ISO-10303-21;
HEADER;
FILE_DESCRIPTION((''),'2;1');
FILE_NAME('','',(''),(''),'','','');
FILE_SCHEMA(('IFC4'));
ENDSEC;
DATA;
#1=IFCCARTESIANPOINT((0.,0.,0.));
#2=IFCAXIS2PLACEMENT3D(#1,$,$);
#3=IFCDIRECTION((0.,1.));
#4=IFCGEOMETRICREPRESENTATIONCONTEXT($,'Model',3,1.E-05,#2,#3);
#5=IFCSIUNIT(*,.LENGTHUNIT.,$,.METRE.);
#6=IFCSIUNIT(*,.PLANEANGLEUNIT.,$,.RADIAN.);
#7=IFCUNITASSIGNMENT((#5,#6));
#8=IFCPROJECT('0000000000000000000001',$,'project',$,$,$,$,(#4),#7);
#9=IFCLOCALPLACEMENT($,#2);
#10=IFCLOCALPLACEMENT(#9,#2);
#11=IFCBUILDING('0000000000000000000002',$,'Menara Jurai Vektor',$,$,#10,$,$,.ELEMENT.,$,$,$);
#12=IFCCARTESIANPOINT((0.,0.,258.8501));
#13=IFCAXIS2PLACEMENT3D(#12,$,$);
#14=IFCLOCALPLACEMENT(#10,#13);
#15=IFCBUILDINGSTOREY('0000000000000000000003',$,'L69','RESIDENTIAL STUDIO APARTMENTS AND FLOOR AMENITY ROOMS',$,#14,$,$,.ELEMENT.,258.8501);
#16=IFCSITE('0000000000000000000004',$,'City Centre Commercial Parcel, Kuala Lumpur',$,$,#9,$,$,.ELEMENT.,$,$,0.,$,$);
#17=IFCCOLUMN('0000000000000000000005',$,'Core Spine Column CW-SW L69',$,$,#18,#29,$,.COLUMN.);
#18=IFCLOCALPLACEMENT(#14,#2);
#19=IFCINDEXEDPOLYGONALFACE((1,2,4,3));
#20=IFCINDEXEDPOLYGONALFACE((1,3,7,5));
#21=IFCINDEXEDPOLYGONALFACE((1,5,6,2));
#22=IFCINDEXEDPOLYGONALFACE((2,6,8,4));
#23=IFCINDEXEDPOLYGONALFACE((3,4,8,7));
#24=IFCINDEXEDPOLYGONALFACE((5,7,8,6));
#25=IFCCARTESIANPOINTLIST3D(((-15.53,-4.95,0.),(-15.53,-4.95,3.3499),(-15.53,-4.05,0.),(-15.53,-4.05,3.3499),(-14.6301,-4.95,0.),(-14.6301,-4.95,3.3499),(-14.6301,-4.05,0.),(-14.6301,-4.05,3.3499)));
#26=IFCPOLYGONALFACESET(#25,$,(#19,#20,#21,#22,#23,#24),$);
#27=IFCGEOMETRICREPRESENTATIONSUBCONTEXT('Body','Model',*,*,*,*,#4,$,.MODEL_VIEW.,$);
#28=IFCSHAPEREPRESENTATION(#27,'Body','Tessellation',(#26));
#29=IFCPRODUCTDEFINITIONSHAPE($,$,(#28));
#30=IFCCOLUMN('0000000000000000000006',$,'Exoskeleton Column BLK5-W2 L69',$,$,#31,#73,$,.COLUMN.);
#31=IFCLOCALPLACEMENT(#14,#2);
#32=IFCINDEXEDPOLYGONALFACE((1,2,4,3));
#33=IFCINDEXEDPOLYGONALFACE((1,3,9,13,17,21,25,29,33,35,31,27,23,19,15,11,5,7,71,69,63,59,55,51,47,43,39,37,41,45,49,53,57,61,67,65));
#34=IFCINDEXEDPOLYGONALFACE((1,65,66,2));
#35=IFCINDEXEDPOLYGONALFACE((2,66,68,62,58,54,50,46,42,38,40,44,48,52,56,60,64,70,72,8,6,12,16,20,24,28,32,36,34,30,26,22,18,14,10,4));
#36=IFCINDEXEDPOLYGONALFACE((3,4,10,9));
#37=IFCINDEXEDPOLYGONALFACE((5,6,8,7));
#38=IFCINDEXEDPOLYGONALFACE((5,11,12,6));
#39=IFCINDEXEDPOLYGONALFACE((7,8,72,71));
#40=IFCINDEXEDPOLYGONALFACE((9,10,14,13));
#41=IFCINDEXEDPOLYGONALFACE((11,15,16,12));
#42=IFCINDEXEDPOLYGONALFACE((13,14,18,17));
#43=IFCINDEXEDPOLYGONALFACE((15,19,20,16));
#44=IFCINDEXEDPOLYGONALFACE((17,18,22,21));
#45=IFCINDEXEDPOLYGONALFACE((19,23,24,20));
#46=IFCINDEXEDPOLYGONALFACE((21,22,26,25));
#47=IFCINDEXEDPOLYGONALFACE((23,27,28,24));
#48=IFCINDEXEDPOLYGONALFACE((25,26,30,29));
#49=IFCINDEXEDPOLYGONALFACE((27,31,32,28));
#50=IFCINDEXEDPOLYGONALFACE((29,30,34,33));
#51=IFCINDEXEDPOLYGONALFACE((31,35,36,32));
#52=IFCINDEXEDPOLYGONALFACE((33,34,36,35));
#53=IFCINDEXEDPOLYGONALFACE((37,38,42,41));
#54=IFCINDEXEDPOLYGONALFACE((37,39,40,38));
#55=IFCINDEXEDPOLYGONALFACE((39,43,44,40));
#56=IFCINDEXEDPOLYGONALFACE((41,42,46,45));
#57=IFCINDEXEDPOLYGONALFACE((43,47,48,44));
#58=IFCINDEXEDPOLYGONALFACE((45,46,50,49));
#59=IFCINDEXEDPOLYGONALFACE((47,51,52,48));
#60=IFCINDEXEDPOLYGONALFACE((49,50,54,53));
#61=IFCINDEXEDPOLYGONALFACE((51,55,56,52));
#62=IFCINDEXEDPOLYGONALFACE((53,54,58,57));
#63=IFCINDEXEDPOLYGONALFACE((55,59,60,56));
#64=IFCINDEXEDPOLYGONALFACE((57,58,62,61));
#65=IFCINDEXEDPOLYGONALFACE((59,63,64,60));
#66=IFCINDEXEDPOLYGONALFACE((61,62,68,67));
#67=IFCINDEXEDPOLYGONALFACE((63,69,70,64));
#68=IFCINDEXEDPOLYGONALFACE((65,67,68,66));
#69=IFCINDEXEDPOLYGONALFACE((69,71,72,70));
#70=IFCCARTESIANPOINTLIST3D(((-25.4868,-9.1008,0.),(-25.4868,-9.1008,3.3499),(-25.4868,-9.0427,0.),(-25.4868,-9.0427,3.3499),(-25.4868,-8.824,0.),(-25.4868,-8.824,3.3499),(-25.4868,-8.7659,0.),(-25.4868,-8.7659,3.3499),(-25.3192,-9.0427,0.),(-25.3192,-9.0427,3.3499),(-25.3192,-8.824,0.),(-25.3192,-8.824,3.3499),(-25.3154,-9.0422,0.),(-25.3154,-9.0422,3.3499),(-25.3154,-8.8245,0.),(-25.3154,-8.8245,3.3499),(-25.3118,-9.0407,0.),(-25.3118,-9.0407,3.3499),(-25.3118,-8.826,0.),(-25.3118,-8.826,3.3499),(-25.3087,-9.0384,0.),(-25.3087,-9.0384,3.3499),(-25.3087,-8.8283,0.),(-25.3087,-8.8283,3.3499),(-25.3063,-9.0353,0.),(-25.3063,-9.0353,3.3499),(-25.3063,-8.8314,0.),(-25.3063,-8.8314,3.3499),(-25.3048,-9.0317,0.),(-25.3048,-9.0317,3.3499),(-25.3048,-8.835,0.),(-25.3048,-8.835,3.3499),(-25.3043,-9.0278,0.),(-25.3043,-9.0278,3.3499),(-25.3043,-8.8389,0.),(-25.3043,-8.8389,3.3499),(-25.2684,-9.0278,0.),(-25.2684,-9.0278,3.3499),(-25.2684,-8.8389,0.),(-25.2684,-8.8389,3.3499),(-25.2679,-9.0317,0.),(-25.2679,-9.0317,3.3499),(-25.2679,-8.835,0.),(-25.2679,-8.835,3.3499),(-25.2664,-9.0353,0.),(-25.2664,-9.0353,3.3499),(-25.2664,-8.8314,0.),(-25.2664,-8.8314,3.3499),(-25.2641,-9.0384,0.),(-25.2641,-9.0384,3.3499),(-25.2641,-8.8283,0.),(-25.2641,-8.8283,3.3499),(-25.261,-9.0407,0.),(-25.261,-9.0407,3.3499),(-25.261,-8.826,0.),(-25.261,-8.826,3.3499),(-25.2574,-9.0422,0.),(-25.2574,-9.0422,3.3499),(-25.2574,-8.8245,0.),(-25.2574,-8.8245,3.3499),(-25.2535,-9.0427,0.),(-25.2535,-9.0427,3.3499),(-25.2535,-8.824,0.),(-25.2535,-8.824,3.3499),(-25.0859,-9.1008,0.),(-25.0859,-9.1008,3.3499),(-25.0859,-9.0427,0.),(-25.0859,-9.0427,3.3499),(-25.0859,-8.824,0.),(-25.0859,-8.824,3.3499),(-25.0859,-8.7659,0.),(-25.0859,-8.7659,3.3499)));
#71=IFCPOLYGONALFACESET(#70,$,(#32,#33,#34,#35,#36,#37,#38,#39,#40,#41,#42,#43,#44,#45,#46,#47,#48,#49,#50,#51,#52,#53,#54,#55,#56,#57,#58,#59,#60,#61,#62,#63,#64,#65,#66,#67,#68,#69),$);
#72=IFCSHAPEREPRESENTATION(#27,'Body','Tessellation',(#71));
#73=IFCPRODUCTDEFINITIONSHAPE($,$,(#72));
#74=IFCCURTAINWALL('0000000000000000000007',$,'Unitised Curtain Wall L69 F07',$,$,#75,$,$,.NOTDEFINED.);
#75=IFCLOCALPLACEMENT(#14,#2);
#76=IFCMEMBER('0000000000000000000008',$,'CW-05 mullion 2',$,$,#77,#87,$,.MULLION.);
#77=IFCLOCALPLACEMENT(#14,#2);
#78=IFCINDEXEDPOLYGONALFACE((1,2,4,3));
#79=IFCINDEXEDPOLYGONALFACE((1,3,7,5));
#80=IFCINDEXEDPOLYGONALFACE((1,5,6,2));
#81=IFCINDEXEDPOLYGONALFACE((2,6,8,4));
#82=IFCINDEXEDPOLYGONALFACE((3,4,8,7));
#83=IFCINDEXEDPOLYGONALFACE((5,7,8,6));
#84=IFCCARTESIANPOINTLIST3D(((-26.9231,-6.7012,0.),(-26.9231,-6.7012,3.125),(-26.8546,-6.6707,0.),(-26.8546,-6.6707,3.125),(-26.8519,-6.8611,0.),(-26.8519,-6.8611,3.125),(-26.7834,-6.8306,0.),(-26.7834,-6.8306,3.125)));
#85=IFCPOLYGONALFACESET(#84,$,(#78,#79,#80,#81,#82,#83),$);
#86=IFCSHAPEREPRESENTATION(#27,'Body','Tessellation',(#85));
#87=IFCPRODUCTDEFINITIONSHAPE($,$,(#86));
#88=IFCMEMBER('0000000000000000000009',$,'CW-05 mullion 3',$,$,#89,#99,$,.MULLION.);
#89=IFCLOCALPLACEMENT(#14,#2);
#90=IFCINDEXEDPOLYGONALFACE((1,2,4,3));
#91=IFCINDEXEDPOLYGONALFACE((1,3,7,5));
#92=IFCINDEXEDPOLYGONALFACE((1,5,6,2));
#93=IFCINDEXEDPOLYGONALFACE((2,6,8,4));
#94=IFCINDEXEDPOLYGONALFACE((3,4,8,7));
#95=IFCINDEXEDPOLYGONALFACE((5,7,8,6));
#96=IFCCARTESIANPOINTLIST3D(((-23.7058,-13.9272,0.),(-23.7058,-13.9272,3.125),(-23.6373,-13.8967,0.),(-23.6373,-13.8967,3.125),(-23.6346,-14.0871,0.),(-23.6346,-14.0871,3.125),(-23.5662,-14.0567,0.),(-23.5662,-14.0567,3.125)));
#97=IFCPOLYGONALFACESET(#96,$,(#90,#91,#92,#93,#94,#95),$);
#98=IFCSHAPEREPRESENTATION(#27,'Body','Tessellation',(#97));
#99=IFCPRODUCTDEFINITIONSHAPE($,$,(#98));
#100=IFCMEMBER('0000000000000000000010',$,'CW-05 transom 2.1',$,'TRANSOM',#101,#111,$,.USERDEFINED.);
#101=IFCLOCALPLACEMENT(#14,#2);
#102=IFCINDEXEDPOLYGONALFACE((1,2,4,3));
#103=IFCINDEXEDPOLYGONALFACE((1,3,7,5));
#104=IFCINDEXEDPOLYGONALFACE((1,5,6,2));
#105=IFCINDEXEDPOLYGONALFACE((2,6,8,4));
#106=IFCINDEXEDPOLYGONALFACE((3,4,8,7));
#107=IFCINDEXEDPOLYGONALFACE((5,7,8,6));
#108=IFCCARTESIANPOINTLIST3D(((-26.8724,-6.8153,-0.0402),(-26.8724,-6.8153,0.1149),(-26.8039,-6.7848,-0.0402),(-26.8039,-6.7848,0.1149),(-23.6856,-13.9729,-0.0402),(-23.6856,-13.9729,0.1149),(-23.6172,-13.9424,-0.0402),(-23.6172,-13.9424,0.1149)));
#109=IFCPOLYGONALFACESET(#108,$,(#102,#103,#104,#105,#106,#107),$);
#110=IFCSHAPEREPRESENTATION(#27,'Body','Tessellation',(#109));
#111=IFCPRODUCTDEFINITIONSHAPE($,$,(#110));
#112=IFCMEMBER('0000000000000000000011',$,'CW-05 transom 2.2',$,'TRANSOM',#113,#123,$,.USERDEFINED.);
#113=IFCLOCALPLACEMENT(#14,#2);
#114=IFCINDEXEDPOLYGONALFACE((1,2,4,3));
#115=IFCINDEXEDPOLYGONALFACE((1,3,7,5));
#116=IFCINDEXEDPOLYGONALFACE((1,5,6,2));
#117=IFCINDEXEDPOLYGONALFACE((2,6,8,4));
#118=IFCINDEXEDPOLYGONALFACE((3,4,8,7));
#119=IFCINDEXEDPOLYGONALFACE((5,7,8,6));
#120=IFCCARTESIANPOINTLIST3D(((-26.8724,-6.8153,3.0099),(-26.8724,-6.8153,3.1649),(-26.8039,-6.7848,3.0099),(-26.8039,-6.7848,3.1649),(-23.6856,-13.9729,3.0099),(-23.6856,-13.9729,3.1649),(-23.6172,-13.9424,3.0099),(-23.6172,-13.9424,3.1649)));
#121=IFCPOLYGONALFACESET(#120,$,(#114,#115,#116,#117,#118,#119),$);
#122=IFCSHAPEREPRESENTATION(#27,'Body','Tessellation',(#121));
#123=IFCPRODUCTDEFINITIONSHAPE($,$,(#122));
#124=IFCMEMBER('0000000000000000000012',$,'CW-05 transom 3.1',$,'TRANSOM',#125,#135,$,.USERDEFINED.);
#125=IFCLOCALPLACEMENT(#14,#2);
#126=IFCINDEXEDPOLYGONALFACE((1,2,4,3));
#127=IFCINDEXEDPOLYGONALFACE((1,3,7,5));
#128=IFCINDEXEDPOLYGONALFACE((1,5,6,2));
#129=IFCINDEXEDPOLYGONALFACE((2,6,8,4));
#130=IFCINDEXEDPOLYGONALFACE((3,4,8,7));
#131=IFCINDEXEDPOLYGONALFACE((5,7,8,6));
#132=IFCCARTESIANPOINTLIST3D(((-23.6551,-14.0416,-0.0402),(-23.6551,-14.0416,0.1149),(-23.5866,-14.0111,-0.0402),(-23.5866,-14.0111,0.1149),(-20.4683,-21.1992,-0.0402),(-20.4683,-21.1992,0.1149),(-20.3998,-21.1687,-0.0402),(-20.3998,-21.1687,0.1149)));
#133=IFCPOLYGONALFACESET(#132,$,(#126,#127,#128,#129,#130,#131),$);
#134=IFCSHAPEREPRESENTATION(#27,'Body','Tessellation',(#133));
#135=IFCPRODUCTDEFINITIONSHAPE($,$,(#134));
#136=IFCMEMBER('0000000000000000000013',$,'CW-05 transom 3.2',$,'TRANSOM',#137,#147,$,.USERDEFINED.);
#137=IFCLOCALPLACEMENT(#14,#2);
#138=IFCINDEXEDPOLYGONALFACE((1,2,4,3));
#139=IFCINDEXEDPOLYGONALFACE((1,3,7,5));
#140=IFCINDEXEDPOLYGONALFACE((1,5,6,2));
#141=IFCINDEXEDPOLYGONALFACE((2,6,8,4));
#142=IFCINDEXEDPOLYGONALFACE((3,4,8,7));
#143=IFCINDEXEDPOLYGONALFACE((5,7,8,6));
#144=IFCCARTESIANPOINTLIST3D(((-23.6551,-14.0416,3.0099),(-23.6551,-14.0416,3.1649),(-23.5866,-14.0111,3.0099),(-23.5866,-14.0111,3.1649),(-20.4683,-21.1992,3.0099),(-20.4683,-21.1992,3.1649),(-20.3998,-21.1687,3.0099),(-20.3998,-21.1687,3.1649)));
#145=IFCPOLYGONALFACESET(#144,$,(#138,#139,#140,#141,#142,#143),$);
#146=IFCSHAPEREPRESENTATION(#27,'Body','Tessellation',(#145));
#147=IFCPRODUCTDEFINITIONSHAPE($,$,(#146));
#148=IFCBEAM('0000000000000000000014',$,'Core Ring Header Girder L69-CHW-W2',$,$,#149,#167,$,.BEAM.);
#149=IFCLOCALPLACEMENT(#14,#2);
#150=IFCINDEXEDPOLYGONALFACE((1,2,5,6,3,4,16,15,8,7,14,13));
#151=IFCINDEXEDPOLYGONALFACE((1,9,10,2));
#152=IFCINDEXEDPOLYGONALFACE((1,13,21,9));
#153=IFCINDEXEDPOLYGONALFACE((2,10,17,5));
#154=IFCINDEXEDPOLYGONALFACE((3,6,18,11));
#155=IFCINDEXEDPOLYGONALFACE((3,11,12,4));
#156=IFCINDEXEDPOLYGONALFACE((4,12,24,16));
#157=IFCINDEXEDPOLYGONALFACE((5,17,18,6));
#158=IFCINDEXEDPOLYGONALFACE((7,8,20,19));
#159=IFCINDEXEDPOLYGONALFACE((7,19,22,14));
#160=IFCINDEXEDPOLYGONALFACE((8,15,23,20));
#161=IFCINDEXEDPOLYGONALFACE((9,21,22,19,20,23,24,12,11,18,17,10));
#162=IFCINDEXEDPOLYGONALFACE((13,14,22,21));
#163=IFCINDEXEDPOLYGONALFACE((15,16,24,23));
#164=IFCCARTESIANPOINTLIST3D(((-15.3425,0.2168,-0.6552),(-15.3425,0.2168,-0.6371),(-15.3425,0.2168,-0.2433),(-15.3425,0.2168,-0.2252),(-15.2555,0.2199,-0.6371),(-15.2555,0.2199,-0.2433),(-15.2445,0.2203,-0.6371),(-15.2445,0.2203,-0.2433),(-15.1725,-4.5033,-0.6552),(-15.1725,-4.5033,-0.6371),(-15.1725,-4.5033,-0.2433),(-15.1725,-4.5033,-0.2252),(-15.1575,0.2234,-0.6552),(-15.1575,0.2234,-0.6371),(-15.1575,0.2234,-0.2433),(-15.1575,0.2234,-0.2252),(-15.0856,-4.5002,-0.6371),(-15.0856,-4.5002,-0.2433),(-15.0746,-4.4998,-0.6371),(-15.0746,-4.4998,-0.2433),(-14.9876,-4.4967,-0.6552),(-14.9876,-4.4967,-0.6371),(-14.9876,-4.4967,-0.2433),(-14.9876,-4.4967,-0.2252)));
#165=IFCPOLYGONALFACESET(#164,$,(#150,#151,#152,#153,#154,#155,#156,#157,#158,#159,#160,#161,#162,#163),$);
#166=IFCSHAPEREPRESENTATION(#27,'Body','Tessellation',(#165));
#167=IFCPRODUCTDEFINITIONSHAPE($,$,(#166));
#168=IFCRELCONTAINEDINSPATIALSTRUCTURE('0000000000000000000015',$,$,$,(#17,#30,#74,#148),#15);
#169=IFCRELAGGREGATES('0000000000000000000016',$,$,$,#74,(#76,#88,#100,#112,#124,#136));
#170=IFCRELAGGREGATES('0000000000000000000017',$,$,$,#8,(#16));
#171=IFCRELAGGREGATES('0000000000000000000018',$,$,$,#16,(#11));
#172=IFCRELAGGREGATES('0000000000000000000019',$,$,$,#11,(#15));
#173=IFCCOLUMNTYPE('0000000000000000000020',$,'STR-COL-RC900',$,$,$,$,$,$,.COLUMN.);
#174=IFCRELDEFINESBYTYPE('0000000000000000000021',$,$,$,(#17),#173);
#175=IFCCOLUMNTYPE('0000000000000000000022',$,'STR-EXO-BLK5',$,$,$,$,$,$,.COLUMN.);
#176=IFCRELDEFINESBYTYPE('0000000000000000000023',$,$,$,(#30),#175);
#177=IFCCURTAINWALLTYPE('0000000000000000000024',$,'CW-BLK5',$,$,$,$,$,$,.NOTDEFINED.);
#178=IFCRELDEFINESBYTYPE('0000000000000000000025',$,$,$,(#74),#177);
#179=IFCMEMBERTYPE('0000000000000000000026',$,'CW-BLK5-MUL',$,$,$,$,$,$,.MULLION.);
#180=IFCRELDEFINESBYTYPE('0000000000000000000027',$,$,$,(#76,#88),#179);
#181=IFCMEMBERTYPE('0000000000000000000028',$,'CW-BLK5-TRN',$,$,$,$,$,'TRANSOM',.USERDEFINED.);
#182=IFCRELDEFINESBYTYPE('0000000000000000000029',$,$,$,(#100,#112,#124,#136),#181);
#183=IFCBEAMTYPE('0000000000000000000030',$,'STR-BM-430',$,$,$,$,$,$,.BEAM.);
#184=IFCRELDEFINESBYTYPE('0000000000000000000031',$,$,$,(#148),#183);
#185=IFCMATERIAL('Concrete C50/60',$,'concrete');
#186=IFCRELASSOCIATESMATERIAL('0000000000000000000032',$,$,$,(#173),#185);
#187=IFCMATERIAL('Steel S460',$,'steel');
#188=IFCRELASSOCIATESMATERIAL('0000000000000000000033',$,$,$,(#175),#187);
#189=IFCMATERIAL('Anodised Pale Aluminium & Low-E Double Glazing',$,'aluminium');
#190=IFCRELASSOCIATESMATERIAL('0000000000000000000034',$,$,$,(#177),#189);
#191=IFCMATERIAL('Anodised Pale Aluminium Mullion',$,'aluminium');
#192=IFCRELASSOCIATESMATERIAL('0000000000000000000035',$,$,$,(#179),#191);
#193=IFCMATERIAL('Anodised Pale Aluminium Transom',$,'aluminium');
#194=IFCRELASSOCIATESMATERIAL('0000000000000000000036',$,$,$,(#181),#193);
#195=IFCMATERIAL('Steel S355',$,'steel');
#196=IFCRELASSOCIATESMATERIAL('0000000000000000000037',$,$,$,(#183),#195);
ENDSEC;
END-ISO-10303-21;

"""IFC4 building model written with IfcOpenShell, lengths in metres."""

from ifc_helpers import new_model, si_unit, direction, frame, origin, origin_2d, place, context, subcontext, project, spatial, rectangle, i_section, extrude, material, material_profile, profile_set, type_object, element, aggregate, save


model = new_model("IFC4")

# Units and contexts
model_context = context("Model", 3, precision=1e-05, world=origin(), true_north=direction((0.0, 1.0)))
body_context = subcontext(model_context, "Body", "Model", "MODEL_VIEW")
ifc_project = project(units=[si_unit("LENGTHUNIT", "METRE"), si_unit("PLANEANGLEUNIT", "RADIAN")], contexts=[model_context])

# Site, building, storey
site_placement = place(None, origin())
site = spatial("IfcSite", under=ifc_project, at=site_placement, Name="City Centre Commercial Parcel, Kuala Lumpur", CompositionType="ELEMENT", RefElevation=0.0)
building_placement = place(site_placement, origin())
building = spatial("IfcBuilding", under=site, at=building_placement, Name="Menara Jurai Vektor", CompositionType="ELEMENT")
storey_placement = place(building_placement, frame((0.0, 0.0, 258.8501)))
storey = spatial("IfcBuildingStorey", under=building, at=storey_placement, Name="L69", Description="RESIDENTIAL STUDIO APARTMENTS AND FLOOR AMENITY ROOMS", CompositionType="ELEMENT", Elevation=258.8501)

# Columns
ifc_material_1 = material(Name="Concrete C50/60", Category="concrete")
ifc_material_profile_1 = material_profile(ifc_material_1, rectangle(XDim=0.8999, YDim=0.8999, at=origin_2d()), Name="RC 900x900")
ifc_profile_set_1 = profile_set([ifc_material_profile_1], Name="Concrete C50/60")
column_type_1 = type_object("IfcColumnType", Name="STR-COL-RC900", PredefinedType="COLUMN", material=ifc_profile_set_1)
column_1_placement = place(storey_placement, frame((-15.0801, -4.5, 0.0), z_axis=(0.0, 0.0, 1.0), x_axis=(1.0, 0.0, 0.0)))
element("IfcColumn", 1, at=column_1_placement, inside=storey, type_object=column_type_1, Name="Core Spine Column CW-SW L69", PredefinedType="COLUMN", context=body_context, shape_type="SweptSolid", body=[
    extrude(rectangle(XDim=0.8999, YDim=0.8999, at=origin_2d()), origin(), (0.0, 0.0, 1.0), 3.3499),
])
ifc_material_2 = material(Name="Steel S460", Category="steel")
ifc_material_profile_2 = material_profile(ifc_material_2, i_section(OverallWidth=0.4009, OverallDepth=0.335, WebThickness=0.0359, FlangeThickness=0.0581, FilletRadius=0.0149, at=origin_2d()), Name="HD 400x463")
ifc_profile_set_2 = profile_set([ifc_material_profile_2], Name="Steel S460")
column_type_2 = type_object("IfcColumnType", Name="STR-EXO-BLK5", PredefinedType="COLUMN", material=ifc_profile_set_2)
column_2_placement = place(storey_placement, frame((-25.2864, -8.9333, 0.0), z_axis=(0.0, 0.0, 1.0), x_axis=(1.0, 0.0, 0.0)))
element("IfcColumn", 2, at=column_2_placement, inside=storey, type_object=column_type_2, Name="Exoskeleton Column BLK5-W2 L69", PredefinedType="COLUMN", context=body_context, shape_type="SweptSolid", body=[
    extrude(i_section(OverallWidth=0.4009, OverallDepth=0.335, WebThickness=0.0359, FlangeThickness=0.0581, FilletRadius=0.0149, at=origin_2d()), origin(), (0.0, 0.0, 1.0), 3.3499),
])

# Curtain wall, members
ifc_material_3 = material(Name="Anodised Pale Aluminium & Low-E Double Glazing", Category="aluminium")
curtain_wall_type = type_object("IfcCurtainWallType", Name="CW-BLK5", PredefinedType="NOTDEFINED", material=ifc_material_3)
curtain_wall_placement = place(storey_placement, origin())
curtain_wall = element("IfcCurtainWall", 3, at=curtain_wall_placement, inside=storey, type_object=curtain_wall_type, Name="Unitised Curtain Wall L69 F07", PredefinedType="NOTDEFINED")
ifc_material_4 = material(Name="Anodised Pale Aluminium Mullion", Category="aluminium")
ifc_material_profile_3 = material_profile(ifc_material_4, rectangle(XDim=0.075, YDim=0.175, at=origin_2d()), Name="ALU MUL 75x175")
ifc_profile_set_3 = profile_set([ifc_material_profile_3], Name="Anodised Pale Aluminium Mullion")
member_type_1 = type_object("IfcMemberType", Name="CW-BLK5-MUL", PredefinedType="MULLION", material=ifc_profile_set_3)
member_1_placement = place(storey_placement, frame((-26.8533, -6.7659, 0.0), z_axis=(0.0, 0.0, 1.0), x_axis=(0.913546, 0.406735, 0.0)))
member_1 = element("IfcMember", 4, at=member_1_placement, type_object=member_type_1, Name="CW-05 mullion 2", PredefinedType="MULLION", context=body_context, shape_type="SweptSolid", body=[
    extrude(rectangle(XDim=0.075, YDim=0.175, at=origin_2d()), origin(), (0.0, 0.0, 1.0), 3.125),
])
member_2_placement = place(storey_placement, frame((-23.636, -13.9919, 0.0), z_axis=(0.0, 0.0, 1.0), x_axis=(0.913546, 0.406735, 0.0)))
member_2 = element("IfcMember", 5, at=member_2_placement, type_object=member_type_1, Name="CW-05 mullion 3", PredefinedType="MULLION", context=body_context, shape_type="SweptSolid", body=[
    extrude(rectangle(XDim=0.075, YDim=0.175, at=origin_2d()), origin(), (0.0, 0.0, 1.0), 3.125),
])
ifc_material_5 = material(Name="Anodised Pale Aluminium Transom", Category="aluminium")
ifc_material_profile_4 = material_profile(ifc_material_5, rectangle(XDim=0.075, YDim=0.155, at=origin_2d()), Name="ALU TRN 75x155")
ifc_profile_set_4 = profile_set([ifc_material_profile_4], Name="Anodised Pale Aluminium Transom")
member_type_2 = type_object("IfcMemberType", Name="CW-BLK5-TRN", ElementType="TRANSOM", PredefinedType="USERDEFINED", material=ifc_profile_set_4)
member_3_placement = place(storey_placement, frame((-26.8381, -6.8, 0.0374), z_axis=(0.406731, -0.913548, 0.0), x_axis=(0.913548, 0.406731, 0.0)))
member_3 = element("IfcMember", 6, at=member_3_placement, type_object=member_type_2, Name="CW-05 transom 2.1", ObjectType="TRANSOM", PredefinedType="USERDEFINED", context=body_context, shape_type="SweptSolid", body=[
    extrude(rectangle(XDim=0.075, YDim=0.155, at=origin_2d()), origin(), (0.0, 0.0, 1.0), 7.835),
])
member_4_placement = place(storey_placement, frame((-26.8381, -6.8, 3.0874), z_axis=(0.406731, -0.913548, 0.0), x_axis=(0.913548, 0.406731, 0.0)))
member_4 = element("IfcMember", 7, at=member_4_placement, type_object=member_type_2, Name="CW-05 transom 2.2", ObjectType="TRANSOM", PredefinedType="USERDEFINED", context=body_context, shape_type="SweptSolid", body=[
    extrude(rectangle(XDim=0.075, YDim=0.155, at=origin_2d()), origin(), (0.0, 0.0, 1.0), 7.835),
])
member_5_placement = place(storey_placement, frame((-23.6208, -14.0264, 0.0374), z_axis=(0.406743, -0.913543, 0.0), x_axis=(0.913543, 0.406743, 0.0)))
member_5 = element("IfcMember", 8, at=member_5_placement, type_object=member_type_2, Name="CW-05 transom 3.1", ObjectType="TRANSOM", PredefinedType="USERDEFINED", context=body_context, shape_type="SweptSolid", body=[
    extrude(rectangle(XDim=0.075, YDim=0.155, at=origin_2d()), origin(), (0.0, 0.0, 1.0), 7.835),
])
member_6_placement = place(storey_placement, frame((-23.6208, -14.0264, 3.0874), z_axis=(0.406743, -0.913543, 0.0), x_axis=(0.913543, 0.406743, 0.0)))
member_6 = element("IfcMember", 9, at=member_6_placement, type_object=member_type_2, Name="CW-05 transom 3.2", ObjectType="TRANSOM", PredefinedType="USERDEFINED", context=body_context, shape_type="SweptSolid", body=[
    extrude(rectangle(XDim=0.075, YDim=0.155, at=origin_2d()), origin(), (0.0, 0.0, 1.0), 7.835),
])

# Beam
ifc_material_6 = material(Name="Steel S355", Category="steel")
ifc_material_profile_5 = material_profile(ifc_material_6, i_section(OverallWidth=0.1851, OverallDepth=0.4299, WebThickness=0.011, FlangeThickness=0.0181, at=origin_2d()), Name="PG 430x185x76")
ifc_profile_set_5 = profile_set([ifc_material_profile_5], Name="Steel S355")
beam_type_1 = type_object("IfcBeamType", Name="STR-BM-430", PredefinedType="BEAM", material=ifc_profile_set_5)
beam_1_placement = place(storey_placement, frame((-15.0801, -4.5, -0.4402), z_axis=(-0.035977, 0.999353, 0.0), x_axis=(-0.999353, -0.035977, 0.0)))
element("IfcBeam", 10, at=beam_1_placement, inside=storey, type_object=beam_type_1, Name="Core Ring Header Girder L69-CHW-W2", PredefinedType="BEAM", context=body_context, shape_type="SweptSolid", body=[
    extrude(i_section(OverallWidth=0.1851, OverallDepth=0.4299, WebThickness=0.011, FlangeThickness=0.0181, at=origin_2d()), origin(), (0.0, 0.0, 1.0), 4.7231),
])

aggregate(curtain_wall, [member_1, member_2, member_3, member_4, member_5, member_6])

save(model, "model.ifc")
